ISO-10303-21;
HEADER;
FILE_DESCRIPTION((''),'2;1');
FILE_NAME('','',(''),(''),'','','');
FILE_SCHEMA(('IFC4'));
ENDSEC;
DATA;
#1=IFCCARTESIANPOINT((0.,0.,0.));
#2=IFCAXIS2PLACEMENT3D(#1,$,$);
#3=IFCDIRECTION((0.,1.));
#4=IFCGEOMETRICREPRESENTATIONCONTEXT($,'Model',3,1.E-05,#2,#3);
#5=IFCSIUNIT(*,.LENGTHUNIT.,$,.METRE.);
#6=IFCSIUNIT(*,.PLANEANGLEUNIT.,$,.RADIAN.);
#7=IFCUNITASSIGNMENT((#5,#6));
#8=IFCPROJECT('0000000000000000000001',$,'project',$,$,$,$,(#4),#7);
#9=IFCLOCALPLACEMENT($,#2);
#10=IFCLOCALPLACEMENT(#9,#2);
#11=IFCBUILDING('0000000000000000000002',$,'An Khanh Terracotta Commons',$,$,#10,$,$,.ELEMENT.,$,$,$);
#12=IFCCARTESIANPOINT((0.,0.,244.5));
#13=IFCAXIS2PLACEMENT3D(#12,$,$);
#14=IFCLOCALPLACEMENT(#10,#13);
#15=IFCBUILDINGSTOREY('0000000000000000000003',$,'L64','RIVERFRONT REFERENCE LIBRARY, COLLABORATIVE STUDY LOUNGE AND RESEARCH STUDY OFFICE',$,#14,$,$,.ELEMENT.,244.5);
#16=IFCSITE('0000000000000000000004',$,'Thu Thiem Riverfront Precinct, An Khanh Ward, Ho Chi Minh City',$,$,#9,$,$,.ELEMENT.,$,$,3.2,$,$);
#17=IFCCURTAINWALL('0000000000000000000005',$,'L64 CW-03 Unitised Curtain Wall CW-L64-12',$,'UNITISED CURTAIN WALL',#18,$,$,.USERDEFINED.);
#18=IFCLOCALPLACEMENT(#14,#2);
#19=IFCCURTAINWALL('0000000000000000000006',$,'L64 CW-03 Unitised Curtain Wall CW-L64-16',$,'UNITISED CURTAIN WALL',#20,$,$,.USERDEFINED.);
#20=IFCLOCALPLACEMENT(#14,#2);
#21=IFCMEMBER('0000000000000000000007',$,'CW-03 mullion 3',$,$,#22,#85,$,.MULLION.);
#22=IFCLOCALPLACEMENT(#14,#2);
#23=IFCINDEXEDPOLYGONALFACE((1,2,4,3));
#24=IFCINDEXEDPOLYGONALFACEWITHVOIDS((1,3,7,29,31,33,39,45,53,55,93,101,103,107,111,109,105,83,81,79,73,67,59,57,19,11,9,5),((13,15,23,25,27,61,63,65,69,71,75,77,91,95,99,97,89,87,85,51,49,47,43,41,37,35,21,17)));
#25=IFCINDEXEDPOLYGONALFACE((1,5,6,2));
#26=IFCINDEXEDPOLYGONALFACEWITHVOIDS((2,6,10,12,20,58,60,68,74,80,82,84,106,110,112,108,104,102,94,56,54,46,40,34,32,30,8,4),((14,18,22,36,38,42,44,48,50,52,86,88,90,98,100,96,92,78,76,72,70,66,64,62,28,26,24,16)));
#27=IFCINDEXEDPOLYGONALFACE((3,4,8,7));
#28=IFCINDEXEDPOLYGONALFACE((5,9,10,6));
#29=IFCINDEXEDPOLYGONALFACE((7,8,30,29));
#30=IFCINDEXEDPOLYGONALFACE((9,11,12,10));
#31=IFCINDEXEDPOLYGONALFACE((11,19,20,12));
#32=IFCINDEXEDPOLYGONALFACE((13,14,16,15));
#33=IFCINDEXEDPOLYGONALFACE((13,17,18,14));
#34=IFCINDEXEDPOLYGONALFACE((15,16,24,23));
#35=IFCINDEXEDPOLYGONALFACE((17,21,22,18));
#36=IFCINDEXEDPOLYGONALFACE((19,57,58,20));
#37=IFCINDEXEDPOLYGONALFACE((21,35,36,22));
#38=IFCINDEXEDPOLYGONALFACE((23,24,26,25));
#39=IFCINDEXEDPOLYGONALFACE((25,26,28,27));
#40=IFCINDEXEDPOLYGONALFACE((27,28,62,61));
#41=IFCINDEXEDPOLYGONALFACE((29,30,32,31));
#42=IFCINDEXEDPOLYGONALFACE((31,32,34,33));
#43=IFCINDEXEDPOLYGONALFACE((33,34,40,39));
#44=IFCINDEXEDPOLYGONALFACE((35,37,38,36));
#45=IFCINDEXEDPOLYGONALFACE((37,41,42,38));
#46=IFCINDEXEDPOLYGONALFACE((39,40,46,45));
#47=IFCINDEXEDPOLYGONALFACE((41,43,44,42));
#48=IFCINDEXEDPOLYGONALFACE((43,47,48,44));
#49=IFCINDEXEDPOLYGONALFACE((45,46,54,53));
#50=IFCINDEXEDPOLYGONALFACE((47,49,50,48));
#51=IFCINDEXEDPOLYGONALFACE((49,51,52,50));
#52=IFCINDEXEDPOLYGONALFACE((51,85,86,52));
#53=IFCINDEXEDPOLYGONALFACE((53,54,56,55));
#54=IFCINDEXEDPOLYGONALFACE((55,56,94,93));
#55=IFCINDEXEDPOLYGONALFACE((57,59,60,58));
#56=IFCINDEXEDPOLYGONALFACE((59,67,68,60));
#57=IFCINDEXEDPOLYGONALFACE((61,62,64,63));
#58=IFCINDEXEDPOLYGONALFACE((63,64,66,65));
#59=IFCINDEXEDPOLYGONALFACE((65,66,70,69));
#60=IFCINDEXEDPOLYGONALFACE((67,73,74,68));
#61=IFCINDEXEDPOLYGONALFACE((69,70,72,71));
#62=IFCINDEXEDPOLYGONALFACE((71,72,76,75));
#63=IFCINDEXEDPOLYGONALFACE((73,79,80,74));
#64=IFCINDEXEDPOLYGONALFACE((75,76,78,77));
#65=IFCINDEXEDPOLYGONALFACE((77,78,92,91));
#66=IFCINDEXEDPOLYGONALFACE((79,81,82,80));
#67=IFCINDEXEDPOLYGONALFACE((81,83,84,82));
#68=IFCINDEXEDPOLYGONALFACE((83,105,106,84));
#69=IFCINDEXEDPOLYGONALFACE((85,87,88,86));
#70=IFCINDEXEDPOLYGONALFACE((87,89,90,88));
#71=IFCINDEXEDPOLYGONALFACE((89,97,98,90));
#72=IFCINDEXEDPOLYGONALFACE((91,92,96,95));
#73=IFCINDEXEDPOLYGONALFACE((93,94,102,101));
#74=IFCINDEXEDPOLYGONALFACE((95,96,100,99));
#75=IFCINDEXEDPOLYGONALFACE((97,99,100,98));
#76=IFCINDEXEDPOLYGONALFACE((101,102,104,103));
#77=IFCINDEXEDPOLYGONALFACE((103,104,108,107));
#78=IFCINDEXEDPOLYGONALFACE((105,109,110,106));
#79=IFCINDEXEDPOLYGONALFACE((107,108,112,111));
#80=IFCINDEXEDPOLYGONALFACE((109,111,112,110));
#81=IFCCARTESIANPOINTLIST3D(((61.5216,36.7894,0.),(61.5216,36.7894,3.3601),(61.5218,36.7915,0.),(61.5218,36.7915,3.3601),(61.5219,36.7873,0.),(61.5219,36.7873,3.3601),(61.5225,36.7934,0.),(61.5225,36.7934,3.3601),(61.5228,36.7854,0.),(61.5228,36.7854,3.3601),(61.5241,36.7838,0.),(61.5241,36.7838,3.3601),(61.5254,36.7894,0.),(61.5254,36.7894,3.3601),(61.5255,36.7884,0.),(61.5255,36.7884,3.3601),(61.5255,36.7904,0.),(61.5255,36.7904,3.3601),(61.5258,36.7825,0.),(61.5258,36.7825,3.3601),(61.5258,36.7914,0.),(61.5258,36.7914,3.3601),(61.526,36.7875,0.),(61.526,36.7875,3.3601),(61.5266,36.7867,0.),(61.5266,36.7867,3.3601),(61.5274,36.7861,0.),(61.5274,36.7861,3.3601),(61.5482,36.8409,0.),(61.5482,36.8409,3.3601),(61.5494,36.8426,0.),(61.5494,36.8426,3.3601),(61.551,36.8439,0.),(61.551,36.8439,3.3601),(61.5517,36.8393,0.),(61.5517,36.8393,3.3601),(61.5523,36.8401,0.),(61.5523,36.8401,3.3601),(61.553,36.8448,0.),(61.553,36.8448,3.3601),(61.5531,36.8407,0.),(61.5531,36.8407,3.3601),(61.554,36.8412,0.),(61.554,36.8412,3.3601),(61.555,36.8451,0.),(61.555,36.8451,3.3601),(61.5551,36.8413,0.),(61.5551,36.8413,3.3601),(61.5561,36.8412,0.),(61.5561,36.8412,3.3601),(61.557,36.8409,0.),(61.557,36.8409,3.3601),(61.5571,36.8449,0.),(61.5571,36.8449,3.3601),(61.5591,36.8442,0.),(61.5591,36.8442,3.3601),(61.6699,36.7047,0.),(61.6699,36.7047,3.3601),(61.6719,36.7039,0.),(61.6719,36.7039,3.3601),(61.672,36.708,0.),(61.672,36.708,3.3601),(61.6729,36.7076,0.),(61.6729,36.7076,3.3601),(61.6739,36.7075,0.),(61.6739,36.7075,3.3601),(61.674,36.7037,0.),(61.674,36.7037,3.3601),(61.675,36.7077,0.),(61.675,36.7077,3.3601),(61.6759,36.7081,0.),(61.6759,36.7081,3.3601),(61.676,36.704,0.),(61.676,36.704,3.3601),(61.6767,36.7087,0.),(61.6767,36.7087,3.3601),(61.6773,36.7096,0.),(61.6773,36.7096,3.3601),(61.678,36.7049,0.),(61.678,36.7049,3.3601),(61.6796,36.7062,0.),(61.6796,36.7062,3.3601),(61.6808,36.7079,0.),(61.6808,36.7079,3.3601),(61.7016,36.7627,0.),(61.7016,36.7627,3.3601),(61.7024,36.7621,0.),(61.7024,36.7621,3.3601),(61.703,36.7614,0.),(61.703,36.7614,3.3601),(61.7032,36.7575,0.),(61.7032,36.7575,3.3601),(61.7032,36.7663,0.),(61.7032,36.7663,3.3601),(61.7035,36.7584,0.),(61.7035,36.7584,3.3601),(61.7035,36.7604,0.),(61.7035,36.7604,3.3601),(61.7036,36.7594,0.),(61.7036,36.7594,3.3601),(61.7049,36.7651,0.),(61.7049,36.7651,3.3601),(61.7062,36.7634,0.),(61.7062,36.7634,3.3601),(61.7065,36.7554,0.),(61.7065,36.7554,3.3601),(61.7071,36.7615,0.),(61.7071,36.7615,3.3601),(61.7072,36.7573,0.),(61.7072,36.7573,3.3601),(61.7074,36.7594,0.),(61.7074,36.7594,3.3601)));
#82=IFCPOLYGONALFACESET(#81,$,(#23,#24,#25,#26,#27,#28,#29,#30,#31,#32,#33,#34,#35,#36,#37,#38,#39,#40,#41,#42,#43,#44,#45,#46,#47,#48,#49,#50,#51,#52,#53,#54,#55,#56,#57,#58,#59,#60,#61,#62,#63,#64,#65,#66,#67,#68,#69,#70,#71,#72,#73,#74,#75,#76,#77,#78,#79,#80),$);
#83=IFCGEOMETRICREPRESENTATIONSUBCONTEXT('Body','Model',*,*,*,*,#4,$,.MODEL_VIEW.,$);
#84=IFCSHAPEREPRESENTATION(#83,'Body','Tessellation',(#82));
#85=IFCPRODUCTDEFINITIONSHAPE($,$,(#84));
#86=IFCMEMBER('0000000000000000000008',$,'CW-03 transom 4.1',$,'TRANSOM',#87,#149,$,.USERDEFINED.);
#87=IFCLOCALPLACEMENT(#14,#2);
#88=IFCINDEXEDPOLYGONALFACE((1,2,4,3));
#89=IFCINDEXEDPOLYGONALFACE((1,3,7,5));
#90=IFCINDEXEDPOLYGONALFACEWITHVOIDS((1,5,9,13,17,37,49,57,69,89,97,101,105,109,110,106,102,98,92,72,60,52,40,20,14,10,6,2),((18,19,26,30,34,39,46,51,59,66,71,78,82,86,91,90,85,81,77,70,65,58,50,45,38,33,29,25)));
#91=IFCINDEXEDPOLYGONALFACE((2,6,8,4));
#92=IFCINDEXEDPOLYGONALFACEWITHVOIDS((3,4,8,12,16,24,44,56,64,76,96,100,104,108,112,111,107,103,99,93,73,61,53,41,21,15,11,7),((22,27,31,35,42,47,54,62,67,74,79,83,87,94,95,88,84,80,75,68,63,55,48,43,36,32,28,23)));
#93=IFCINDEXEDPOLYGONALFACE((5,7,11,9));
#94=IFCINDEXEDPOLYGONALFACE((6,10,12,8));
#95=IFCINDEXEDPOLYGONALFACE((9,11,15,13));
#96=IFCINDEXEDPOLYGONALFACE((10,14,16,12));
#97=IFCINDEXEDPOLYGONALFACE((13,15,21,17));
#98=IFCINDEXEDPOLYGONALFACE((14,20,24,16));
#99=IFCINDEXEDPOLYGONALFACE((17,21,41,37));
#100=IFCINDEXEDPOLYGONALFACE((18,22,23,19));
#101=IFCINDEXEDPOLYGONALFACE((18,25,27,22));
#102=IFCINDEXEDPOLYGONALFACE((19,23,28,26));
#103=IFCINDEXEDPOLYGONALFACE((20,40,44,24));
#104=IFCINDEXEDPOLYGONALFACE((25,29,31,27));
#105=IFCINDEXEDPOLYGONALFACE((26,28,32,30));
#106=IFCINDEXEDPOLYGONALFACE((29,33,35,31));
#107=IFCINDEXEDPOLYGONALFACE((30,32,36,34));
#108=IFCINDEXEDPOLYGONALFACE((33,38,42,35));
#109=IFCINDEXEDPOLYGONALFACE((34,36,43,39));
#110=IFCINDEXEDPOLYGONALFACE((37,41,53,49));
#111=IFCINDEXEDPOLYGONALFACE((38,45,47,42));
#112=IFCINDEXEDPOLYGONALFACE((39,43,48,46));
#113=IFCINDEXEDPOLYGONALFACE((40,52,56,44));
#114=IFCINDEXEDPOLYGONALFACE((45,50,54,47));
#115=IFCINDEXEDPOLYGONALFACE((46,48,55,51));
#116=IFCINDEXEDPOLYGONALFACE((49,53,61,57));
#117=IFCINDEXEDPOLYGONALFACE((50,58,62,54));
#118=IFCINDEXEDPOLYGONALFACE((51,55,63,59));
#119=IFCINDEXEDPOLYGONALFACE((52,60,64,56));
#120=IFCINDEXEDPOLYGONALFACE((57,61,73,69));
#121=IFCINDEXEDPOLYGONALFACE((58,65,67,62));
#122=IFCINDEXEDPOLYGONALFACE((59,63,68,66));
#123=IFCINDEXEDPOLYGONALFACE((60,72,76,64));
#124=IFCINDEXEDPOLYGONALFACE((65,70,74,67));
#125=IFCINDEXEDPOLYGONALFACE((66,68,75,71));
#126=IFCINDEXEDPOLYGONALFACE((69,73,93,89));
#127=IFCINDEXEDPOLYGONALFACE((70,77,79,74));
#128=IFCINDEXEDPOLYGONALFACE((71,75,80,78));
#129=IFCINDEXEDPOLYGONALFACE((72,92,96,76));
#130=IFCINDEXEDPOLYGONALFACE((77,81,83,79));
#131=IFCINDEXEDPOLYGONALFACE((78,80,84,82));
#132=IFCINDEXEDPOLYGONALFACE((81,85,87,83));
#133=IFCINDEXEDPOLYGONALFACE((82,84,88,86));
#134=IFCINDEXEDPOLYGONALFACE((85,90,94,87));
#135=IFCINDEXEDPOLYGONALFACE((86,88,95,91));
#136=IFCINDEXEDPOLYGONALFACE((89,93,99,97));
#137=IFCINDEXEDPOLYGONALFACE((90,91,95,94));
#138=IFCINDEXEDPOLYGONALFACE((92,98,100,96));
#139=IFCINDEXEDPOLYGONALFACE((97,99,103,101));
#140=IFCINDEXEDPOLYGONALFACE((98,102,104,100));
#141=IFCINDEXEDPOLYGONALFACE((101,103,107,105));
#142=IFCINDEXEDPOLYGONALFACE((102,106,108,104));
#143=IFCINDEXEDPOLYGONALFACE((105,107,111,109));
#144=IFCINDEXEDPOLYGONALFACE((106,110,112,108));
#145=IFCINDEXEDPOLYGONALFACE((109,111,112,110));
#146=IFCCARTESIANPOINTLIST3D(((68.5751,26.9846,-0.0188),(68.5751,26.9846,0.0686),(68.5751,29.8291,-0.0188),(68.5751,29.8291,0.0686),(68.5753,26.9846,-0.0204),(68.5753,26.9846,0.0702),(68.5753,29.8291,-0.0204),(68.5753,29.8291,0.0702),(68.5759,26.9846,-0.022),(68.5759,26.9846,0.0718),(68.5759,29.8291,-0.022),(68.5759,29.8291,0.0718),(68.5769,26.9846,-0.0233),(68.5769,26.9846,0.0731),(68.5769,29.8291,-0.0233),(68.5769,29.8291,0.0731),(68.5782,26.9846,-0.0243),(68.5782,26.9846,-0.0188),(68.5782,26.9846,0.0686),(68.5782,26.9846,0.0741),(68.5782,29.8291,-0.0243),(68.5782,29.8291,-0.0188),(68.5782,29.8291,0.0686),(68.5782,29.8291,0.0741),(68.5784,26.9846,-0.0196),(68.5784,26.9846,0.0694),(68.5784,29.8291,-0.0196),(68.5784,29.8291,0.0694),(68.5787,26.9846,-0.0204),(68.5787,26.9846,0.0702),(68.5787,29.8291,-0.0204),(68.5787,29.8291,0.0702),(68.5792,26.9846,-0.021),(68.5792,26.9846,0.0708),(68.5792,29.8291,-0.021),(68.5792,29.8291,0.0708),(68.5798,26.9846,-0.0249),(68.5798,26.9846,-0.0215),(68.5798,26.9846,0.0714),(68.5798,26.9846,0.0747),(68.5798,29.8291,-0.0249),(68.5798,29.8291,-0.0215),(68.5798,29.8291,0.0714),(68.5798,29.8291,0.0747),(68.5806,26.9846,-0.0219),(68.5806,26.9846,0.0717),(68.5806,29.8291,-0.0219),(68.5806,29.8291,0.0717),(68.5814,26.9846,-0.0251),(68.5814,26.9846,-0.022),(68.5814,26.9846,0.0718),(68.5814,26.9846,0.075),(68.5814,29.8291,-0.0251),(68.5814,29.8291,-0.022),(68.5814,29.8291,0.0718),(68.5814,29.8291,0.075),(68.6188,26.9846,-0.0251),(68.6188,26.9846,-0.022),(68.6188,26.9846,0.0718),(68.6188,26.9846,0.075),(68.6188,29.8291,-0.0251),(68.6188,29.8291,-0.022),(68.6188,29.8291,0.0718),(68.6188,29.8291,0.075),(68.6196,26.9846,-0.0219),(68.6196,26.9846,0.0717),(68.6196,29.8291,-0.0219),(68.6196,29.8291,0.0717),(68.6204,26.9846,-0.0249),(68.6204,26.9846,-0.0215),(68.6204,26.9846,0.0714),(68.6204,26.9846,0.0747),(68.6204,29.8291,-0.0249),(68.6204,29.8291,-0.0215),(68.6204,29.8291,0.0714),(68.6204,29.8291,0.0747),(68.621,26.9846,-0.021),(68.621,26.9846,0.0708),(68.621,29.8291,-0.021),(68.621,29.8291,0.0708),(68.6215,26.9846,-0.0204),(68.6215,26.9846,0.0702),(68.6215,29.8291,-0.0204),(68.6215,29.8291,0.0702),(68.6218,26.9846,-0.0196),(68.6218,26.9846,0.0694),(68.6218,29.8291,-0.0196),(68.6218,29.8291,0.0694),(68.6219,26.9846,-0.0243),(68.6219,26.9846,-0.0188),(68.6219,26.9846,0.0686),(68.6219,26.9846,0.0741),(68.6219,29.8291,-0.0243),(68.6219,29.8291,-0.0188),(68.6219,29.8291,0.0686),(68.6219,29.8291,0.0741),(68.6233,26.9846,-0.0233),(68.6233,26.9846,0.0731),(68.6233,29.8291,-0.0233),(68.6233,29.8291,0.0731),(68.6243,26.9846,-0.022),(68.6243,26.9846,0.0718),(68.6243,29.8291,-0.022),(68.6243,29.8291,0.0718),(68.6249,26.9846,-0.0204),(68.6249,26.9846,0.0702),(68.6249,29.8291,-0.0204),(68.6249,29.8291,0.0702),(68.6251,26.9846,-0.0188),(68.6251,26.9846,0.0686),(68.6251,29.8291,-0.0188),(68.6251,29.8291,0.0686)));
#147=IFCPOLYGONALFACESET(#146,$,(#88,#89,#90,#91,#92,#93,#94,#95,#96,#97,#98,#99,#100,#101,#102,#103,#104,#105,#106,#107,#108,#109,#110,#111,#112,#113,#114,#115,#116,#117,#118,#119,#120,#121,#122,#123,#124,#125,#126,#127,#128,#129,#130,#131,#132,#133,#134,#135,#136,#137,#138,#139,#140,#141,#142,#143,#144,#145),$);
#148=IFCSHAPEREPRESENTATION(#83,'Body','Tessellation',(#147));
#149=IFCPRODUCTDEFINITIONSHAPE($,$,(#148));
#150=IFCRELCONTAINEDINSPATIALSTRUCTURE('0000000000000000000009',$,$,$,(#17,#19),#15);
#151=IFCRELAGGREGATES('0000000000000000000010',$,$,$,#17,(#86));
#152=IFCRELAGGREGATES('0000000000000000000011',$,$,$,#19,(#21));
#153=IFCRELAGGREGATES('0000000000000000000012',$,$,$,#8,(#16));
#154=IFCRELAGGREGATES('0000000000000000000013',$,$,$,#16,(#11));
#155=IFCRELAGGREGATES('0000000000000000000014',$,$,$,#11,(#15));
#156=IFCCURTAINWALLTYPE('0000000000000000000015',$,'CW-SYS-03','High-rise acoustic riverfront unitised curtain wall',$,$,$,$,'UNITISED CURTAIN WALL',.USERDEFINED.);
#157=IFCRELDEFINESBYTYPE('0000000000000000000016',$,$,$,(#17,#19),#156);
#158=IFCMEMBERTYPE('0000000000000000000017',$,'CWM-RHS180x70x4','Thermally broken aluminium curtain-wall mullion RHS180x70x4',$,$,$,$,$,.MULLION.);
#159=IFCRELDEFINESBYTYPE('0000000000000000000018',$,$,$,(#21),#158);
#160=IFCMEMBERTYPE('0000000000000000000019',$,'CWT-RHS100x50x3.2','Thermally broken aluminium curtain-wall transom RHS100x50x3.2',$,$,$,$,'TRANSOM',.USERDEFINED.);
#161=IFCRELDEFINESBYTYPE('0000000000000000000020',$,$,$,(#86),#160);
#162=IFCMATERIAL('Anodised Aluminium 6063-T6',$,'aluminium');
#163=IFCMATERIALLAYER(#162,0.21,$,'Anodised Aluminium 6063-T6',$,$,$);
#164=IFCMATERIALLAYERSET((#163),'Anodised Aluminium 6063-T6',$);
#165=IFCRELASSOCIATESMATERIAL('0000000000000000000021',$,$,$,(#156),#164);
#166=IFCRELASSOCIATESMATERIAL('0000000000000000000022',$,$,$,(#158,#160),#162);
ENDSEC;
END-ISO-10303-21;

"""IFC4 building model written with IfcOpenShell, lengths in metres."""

from ifc_helpers import new_model, si_unit, direction, frame, origin, origin_2d, place, context, subcontext, project, spatial, hollow_rectangle, extrude, material, layer, layer_set, material_profile, profile_set, type_object, element, aggregate, save


model = new_model("IFC4")

# Units and contexts
model_context = context("Model", 3, precision=1e-05, world=origin(), true_north=direction((0.0, 1.0)))
body_context = subcontext(model_context, "Body", "Model", "MODEL_VIEW")
ifc_project = project(units=[si_unit("LENGTHUNIT", "METRE"), si_unit("PLANEANGLEUNIT", "RADIAN")], contexts=[model_context])

# Site, building, storey
site_placement = place(None, origin())
site = spatial("IfcSite", under=ifc_project, at=site_placement, Name="Thu Thiem Riverfront Precinct, An Khanh Ward, Ho Chi Minh City", CompositionType="ELEMENT", RefElevation=3.2)
building_placement = place(site_placement, origin())
building = spatial("IfcBuilding", under=site, at=building_placement, Name="An Khanh Terracotta Commons", CompositionType="ELEMENT")
storey_placement = place(building_placement, frame((0.0, 0.0, 244.5)))
storey = spatial("IfcBuildingStorey", under=building, at=storey_placement, Name="L64", Description="RIVERFRONT REFERENCE LIBRARY, COLLABORATIVE STUDY LOUNGE AND RESEARCH STUDY OFFICE", CompositionType="ELEMENT", Elevation=244.5)

# Curtain walls, member
ifc_material_1 = material(Name="Anodised Aluminium 6063-T6", Category="aluminium")
ifc_layer_1 = layer(ifc_material_1, 0.21, Name="Anodised Aluminium 6063-T6")
ifc_layer_set_1 = layer_set([ifc_layer_1], Name="Anodised Aluminium 6063-T6")
curtain_wall_type = type_object("IfcCurtainWallType", Name="CW-SYS-03", Description="High-rise acoustic riverfront unitised curtain wall", ElementType="UNITISED CURTAIN WALL", PredefinedType="USERDEFINED", material=ifc_layer_set_1)
curtain_wall_1_placement = place(storey_placement, origin())
curtain_wall_1 = element("IfcCurtainWall", 1, at=curtain_wall_1_placement, inside=storey, type_object=curtain_wall_type, Name="L64 CW-03 Unitised Curtain Wall CW-L64-12", ObjectType="UNITISED CURTAIN WALL", PredefinedType="USERDEFINED")
ifc_material_profile_1 = material_profile(ifc_material_1, hollow_rectangle(XDim=0.0701, YDim=0.1799, WallThickness=0.0039, InnerFilletRadius=0.0039, OuterFilletRadius=0.0081, at=origin_2d()), Name="RHS180x70x4")
ifc_profile_set_1 = profile_set([ifc_material_profile_1], Name="Anodised Aluminium 6063-T6")
member_type_1 = type_object("IfcMemberType", Name="CWM-RHS180x70x4", Description="Thermally broken aluminium curtain-wall mullion RHS180x70x4", PredefinedType="MULLION", material=ifc_profile_set_1)
curtain_wall_2_placement = place(storey_placement, origin())
curtain_wall_2 = element("IfcCurtainWall", 2, at=curtain_wall_2_placement, inside=storey, type_object=curtain_wall_type, Name="L64 CW-03 Unitised Curtain Wall CW-L64-16", ObjectType="UNITISED CURTAIN WALL", PredefinedType="USERDEFINED")
member_1_placement = place(storey_placement, frame((61.6145, 36.7744, 0.0), z_axis=(0.0, 0.0, 1.0), x_axis=(-0.475381, -0.87978, 0.0)))
member_1 = element("IfcMember", 3, at=member_1_placement, type_object=member_type_1, Name="CW-03 mullion 3", PredefinedType="MULLION", context=body_context, shape_type="SweptSolid", body=[
    extrude(hollow_rectangle(XDim=0.0701, YDim=0.1799, WallThickness=0.0039, InnerFilletRadius=0.0039, OuterFilletRadius=0.0081, at=origin_2d()), origin(), (0.0, 0.0, 1.0), 3.3601),
])

# Member
ifc_material_profile_2 = material_profile(ifc_material_1, hollow_rectangle(XDim=0.05, YDim=0.1001, WallThickness=0.0032, InnerFilletRadius=0.0032, OuterFilletRadius=0.0063, at=origin_2d()), Name="RHS100x50x3.2")
ifc_profile_set_2 = profile_set([ifc_material_profile_2], Name="Anodised Aluminium 6063-T6")
member_type_2 = type_object("IfcMemberType", Name="CWT-RHS100x50x3.2", Description="Thermally broken aluminium curtain-wall transom RHS100x50x3.2", ElementType="TRANSOM", PredefinedType="USERDEFINED", material=ifc_profile_set_2)
member_2_placement = place(storey_placement, frame((68.6001, 26.9846, 0.0249), z_axis=(0.0, 1.0, 0.0), x_axis=(-1.0, 0.0, 0.0)))
member_2 = element("IfcMember", 4, at=member_2_placement, type_object=member_type_2, Name="CW-03 transom 4.1", ObjectType="TRANSOM", PredefinedType="USERDEFINED", context=body_context, shape_type="SweptSolid", body=[
    extrude(hollow_rectangle(XDim=0.05, YDim=0.1001, WallThickness=0.0032, InnerFilletRadius=0.0032, OuterFilletRadius=0.0063, at=origin_2d()), origin(), (0.0, 0.0, 1.0), 2.8445),
])

aggregate(curtain_wall_1, [member_2])
aggregate(curtain_wall_2, [member_1])

save(model, "model.ifc")
